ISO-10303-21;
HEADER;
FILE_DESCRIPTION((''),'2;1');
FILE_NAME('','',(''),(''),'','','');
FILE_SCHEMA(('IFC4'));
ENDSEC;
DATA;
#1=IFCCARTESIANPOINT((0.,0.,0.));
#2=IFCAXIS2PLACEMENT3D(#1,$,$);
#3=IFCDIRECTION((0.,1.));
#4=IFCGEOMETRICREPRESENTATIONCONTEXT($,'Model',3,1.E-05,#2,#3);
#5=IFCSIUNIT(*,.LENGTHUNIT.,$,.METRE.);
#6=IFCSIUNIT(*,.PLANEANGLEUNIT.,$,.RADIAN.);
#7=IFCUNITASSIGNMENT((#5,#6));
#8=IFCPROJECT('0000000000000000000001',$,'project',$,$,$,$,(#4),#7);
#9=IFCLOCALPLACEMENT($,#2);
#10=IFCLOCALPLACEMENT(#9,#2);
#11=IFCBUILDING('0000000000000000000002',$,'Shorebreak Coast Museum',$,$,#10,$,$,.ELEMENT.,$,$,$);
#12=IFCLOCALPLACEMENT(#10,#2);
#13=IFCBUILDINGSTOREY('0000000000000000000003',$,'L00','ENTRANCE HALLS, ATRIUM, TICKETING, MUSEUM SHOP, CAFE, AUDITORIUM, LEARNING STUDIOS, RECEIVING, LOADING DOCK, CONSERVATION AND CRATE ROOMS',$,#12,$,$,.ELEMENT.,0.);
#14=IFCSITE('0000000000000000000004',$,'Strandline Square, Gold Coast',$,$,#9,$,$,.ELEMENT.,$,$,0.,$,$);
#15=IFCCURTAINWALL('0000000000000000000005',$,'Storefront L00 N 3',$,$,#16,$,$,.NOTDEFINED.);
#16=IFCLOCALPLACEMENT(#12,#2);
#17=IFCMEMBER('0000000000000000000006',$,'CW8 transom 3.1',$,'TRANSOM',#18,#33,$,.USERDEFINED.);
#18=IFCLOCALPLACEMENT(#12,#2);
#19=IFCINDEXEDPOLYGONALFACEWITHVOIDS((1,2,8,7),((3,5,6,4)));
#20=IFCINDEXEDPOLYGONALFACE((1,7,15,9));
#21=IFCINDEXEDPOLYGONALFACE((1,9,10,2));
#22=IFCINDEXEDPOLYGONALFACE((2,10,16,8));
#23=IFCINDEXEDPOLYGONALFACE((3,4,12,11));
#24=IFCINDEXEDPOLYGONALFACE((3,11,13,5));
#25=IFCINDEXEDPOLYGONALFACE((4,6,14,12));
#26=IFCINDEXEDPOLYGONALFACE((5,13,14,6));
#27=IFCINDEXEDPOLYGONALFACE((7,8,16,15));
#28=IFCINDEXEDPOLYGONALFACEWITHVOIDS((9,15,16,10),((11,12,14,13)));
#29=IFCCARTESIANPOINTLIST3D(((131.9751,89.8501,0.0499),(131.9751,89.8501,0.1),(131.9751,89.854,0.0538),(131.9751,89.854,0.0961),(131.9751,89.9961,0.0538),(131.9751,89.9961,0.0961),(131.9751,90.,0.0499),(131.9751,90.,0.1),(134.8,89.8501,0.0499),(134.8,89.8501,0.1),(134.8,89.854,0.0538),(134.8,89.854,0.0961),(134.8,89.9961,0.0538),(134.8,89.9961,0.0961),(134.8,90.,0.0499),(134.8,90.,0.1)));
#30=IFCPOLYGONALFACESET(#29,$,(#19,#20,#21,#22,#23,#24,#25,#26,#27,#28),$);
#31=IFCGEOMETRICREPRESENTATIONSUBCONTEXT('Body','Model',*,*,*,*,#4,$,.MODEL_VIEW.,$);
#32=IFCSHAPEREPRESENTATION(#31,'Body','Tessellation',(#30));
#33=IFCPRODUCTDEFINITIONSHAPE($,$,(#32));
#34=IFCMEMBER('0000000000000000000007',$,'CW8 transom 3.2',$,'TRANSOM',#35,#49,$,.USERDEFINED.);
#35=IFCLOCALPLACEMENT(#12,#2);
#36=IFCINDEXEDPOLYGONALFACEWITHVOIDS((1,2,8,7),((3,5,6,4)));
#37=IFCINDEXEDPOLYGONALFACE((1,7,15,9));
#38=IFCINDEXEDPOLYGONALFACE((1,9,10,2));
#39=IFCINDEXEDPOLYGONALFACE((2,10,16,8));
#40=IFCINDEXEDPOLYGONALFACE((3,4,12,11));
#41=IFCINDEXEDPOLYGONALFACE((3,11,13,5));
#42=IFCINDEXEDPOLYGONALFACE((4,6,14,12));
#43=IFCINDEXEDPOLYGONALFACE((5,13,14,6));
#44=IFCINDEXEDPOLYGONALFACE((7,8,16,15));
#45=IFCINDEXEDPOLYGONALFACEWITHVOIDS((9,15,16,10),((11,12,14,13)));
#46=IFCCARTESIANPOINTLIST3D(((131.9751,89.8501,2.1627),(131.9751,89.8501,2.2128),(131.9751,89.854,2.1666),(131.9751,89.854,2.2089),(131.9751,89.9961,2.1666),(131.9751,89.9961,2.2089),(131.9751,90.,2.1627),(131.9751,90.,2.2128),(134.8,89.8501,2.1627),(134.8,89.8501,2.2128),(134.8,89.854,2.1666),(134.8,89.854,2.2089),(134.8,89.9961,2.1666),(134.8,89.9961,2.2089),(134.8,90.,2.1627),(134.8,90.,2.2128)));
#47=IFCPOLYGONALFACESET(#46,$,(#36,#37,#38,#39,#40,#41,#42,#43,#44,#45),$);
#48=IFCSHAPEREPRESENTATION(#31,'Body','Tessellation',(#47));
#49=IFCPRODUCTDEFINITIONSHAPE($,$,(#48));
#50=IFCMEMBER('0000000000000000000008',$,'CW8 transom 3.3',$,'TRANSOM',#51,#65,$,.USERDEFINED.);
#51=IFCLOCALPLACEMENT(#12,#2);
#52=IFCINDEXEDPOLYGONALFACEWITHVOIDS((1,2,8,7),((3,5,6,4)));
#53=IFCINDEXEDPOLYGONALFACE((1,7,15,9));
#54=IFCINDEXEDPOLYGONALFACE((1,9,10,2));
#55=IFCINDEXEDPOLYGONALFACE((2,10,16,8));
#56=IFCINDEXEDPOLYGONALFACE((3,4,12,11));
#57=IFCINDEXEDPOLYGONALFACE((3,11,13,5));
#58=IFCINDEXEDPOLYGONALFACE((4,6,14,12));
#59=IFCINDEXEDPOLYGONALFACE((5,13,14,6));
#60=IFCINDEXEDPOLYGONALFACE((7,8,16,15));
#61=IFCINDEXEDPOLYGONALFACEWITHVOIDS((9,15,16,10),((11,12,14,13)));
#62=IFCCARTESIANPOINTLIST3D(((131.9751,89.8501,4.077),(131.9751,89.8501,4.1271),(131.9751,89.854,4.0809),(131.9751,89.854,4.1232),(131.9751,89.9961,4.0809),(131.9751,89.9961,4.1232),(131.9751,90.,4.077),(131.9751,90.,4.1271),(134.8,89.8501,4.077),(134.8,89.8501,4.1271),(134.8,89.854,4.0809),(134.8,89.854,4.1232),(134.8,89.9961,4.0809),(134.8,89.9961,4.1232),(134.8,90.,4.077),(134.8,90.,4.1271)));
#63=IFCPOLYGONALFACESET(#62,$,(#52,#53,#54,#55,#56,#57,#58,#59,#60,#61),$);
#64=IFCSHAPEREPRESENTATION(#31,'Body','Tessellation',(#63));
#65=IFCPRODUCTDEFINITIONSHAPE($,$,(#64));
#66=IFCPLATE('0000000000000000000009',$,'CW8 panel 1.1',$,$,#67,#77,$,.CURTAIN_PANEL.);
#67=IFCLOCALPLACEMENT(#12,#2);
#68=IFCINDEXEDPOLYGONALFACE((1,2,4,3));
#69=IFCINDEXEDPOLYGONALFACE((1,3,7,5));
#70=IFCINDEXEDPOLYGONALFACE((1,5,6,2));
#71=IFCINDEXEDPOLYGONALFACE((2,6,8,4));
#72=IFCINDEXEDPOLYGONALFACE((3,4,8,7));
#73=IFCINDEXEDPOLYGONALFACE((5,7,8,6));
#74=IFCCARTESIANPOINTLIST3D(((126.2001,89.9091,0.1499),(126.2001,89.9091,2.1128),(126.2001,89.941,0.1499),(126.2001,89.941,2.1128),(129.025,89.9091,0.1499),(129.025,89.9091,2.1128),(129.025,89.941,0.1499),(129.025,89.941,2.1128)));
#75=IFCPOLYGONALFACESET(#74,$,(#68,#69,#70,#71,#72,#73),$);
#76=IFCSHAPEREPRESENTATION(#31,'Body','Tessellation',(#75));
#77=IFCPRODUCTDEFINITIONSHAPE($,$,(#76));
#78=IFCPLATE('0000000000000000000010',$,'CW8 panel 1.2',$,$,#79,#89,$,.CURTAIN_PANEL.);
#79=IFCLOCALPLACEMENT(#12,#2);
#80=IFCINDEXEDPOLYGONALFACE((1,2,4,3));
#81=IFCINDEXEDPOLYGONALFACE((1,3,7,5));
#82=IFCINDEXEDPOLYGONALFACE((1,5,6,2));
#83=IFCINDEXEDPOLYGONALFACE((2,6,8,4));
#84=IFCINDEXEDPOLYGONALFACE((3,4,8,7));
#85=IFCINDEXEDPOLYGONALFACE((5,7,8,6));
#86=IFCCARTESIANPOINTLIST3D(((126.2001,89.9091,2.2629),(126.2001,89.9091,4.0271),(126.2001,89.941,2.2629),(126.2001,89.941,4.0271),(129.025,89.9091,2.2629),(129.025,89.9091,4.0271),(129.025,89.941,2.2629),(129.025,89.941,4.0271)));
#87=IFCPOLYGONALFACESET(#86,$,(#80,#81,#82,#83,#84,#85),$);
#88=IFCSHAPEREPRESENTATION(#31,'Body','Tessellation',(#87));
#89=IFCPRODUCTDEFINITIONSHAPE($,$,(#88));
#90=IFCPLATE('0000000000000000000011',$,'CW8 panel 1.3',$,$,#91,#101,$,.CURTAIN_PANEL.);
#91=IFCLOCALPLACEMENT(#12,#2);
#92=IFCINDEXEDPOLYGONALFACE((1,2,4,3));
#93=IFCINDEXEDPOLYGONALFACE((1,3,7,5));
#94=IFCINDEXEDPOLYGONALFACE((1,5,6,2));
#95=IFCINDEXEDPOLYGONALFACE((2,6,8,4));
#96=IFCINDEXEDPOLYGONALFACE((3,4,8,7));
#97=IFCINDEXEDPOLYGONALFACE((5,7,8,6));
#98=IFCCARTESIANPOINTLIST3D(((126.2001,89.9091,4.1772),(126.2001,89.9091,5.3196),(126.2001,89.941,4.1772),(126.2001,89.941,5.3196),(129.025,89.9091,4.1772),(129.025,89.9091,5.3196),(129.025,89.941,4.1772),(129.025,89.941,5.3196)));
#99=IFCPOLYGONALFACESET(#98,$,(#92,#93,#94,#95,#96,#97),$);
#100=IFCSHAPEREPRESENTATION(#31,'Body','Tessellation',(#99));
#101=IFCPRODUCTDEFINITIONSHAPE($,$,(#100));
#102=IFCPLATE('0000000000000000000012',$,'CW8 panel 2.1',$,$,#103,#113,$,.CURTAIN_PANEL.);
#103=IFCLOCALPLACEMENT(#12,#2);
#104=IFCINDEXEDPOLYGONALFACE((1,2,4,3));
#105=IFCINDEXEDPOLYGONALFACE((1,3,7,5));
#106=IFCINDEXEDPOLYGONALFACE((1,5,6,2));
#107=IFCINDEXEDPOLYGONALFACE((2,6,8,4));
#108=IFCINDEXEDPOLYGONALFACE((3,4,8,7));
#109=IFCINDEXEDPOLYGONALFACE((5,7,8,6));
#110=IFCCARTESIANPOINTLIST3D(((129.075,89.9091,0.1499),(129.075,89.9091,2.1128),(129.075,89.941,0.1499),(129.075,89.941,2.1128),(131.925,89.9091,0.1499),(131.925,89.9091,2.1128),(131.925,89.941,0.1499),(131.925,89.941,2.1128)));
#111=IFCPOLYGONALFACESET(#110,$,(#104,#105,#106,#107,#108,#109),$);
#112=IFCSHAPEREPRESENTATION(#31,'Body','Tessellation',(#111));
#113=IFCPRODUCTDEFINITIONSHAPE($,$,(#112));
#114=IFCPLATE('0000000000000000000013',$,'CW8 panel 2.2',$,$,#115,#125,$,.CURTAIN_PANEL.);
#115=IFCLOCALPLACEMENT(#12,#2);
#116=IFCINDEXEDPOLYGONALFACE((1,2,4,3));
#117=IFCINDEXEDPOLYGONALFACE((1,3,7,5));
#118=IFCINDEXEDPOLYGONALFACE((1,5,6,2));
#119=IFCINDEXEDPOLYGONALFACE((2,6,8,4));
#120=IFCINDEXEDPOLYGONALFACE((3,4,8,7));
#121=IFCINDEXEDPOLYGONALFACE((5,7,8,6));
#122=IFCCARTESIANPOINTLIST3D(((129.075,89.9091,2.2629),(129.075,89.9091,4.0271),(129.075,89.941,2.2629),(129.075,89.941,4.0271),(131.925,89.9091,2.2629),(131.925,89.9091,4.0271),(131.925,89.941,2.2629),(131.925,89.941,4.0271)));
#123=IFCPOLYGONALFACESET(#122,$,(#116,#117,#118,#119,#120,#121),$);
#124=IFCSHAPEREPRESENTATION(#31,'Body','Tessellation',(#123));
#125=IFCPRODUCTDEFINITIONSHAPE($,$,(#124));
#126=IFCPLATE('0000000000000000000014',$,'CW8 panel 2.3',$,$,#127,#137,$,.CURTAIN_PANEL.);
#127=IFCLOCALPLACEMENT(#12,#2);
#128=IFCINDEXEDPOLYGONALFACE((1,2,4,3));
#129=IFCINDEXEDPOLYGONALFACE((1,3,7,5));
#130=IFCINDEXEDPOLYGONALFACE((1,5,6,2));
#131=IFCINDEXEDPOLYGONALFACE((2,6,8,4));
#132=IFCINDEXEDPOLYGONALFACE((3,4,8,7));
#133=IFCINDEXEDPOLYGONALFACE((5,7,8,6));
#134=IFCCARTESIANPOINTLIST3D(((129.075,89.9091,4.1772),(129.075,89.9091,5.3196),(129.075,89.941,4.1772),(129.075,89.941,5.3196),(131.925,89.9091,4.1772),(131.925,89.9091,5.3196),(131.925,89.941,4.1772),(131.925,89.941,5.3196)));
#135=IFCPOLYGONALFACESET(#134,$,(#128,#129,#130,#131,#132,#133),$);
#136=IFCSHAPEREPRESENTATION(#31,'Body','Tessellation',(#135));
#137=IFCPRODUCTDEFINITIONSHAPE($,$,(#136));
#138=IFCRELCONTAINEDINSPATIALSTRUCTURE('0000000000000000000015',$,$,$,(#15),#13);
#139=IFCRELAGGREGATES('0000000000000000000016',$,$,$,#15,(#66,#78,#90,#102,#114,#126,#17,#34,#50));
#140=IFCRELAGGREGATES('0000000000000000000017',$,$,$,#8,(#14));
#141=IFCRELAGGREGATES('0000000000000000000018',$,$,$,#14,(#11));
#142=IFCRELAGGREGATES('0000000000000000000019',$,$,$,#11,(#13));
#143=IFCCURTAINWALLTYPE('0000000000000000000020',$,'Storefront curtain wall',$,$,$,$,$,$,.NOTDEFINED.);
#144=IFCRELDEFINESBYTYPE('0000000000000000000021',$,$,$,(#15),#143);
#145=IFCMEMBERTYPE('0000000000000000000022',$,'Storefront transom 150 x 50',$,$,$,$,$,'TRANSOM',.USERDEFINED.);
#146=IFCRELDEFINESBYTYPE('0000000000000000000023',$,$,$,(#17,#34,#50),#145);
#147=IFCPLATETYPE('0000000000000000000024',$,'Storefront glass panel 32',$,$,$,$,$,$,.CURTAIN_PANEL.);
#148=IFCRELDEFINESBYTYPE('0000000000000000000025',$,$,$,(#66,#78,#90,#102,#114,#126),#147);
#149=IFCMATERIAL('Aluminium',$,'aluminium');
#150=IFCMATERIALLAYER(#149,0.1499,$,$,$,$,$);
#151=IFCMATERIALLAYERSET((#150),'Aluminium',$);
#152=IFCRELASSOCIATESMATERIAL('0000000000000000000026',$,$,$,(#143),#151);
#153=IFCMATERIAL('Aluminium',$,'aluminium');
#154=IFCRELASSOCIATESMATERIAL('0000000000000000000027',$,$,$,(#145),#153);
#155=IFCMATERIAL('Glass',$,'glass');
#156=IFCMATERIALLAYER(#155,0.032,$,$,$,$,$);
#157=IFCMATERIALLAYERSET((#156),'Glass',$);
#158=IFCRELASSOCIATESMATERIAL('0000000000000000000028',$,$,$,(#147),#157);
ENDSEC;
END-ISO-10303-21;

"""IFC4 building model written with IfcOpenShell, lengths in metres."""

from ifc_helpers import new_model, si_unit, direction, frame, origin, origin_2d, place, context, subcontext, project, spatial, rectangle, hollow_rectangle, extrude, material, layer, layer_set, material_profile, profile_set, type_object, element, aggregate, save


model = new_model("IFC4")

# Units and contexts
model_context = context("Model", 3, precision=1e-05, world=origin(), true_north=direction((0.0, 1.0)))
body_context = subcontext(model_context, "Body", "Model", "MODEL_VIEW")
ifc_project = project(units=[si_unit("LENGTHUNIT", "METRE"), si_unit("PLANEANGLEUNIT", "RADIAN")], contexts=[model_context])

# Site, building, storey
site_placement = place(None, origin())
site = spatial("IfcSite", under=ifc_project, at=site_placement, Name="Strandline Square, Gold Coast", CompositionType="ELEMENT", RefElevation=0.0)
building_placement = place(site_placement, origin())
building = spatial("IfcBuilding", under=site, at=building_placement, Name="Shorebreak Coast Museum", CompositionType="ELEMENT")
storey_placement = place(building_placement, origin())
storey = spatial("IfcBuildingStorey", under=building, at=storey_placement, Name="L00", Description="ENTRANCE HALLS, ATRIUM, TICKETING, MUSEUM SHOP, CAFE, AUDITORIUM, LEARNING STUDIOS, RECEIVING, LOADING DOCK, CONSERVATION AND CRATE ROOMS", CompositionType="ELEMENT", Elevation=0.0)

# Curtain wall, members, plates
ifc_material_1 = material(Name="Aluminium", Category="aluminium")
ifc_layer_1 = layer(ifc_material_1, 0.1499)
ifc_layer_set_1 = layer_set([ifc_layer_1], Name="Aluminium")
curtain_wall_type = type_object("IfcCurtainWallType", Name="Storefront curtain wall", PredefinedType="NOTDEFINED", material=ifc_layer_set_1)
curtain_wall_placement = place(storey_placement, origin())
curtain_wall = element("IfcCurtainWall", 1, at=curtain_wall_placement, inside=storey, type_object=curtain_wall_type, Name="Storefront L00 N 3", PredefinedType="NOTDEFINED")
ifc_material_2 = material(Name="Aluminium", Category="aluminium")
ifc_material_profile_1 = material_profile(ifc_material_2, hollow_rectangle(XDim=0.1499, YDim=0.05, WallThickness=0.0039, at=origin_2d()), Name="AL 50x150 RHS")
ifc_profile_set_1 = profile_set([ifc_material_profile_1], Name="Aluminium")
member_type_1 = type_object("IfcMemberType", Name="Storefront transom 150 x 50", ElementType="TRANSOM", PredefinedType="USERDEFINED", material=ifc_profile_set_1)
member_1_placement = place(storey_placement, frame((131.9751, 89.925, 0.075), z_axis=(1.0, 0.0, 0.0), x_axis=(0.0, 1.0, 0.0)))
member_1 = element("IfcMember", 2, at=member_1_placement, type_object=member_type_1, Name="CW8 transom 3.1", ObjectType="TRANSOM", PredefinedType="USERDEFINED", context=body_context, shape_type="SweptSolid", body=[
    extrude(hollow_rectangle(XDim=0.1499, YDim=0.05, WallThickness=0.0039, at=origin_2d()), origin(), (0.0, 0.0, 1.0), 2.825),
])
member_2_placement = place(storey_placement, frame((131.9751, 89.925, 2.1877), z_axis=(1.0, 0.0, 0.0), x_axis=(0.0, 1.0, 0.0)))
member_2 = element("IfcMember", 3, at=member_2_placement, type_object=member_type_1, Name="CW8 transom 3.2", ObjectType="TRANSOM", PredefinedType="USERDEFINED", context=body_context, shape_type="SweptSolid", body=[
    extrude(hollow_rectangle(XDim=0.1499, YDim=0.05, WallThickness=0.0039, at=origin_2d()), origin(), (0.0, 0.0, 1.0), 2.825),
])
member_3_placement = place(storey_placement, frame((131.9751, 89.925, 4.1021), z_axis=(1.0, 0.0, 0.0), x_axis=(0.0, 1.0, 0.0)))
member_3 = element("IfcMember", 4, at=member_3_placement, type_object=member_type_1, Name="CW8 transom 3.3", ObjectType="TRANSOM", PredefinedType="USERDEFINED", context=body_context, shape_type="SweptSolid", body=[
    extrude(hollow_rectangle(XDim=0.1499, YDim=0.05, WallThickness=0.0039, at=origin_2d()), origin(), (0.0, 0.0, 1.0), 2.825),
])
ifc_material_3 = material(Name="Glass", Category="glass")
ifc_layer_2 = layer(ifc_material_3, 0.032)
ifc_layer_set_2 = layer_set([ifc_layer_2], Name="Glass")
plate_type = type_object("IfcPlateType", Name="Storefront glass panel 32", PredefinedType="CURTAIN_PANEL", material=ifc_layer_set_2)
plate_1_placement = place(storey_placement, frame((127.6125, 89.925, 0.1499), z_axis=(0.0, 0.0, 1.0), x_axis=(1.0, 0.0, 0.0)))
plate_1 = element("IfcPlate", 5, at=plate_1_placement, type_object=plate_type, Name="CW8 panel 1.1", PredefinedType="CURTAIN_PANEL", context=body_context, shape_type="SweptSolid", body=[
    extrude(rectangle(XDim=2.825, YDim=0.032, at=origin_2d()), origin(), (0.0, 0.0, 1.0), 1.9629),
])
plate_2_placement = place(storey_placement, frame((127.6125, 89.925, 2.2629), z_axis=(0.0, 0.0, 1.0), x_axis=(1.0, 0.0, 0.0)))
plate_2 = element("IfcPlate", 6, at=plate_2_placement, type_object=plate_type, Name="CW8 panel 1.2", PredefinedType="CURTAIN_PANEL", context=body_context, shape_type="SweptSolid", body=[
    extrude(rectangle(XDim=2.825, YDim=0.032, at=origin_2d()), origin(), (0.0, 0.0, 1.0), 1.7642),
])
plate_3_placement = place(storey_placement, frame((127.6125, 89.925, 4.1772), z_axis=(0.0, 0.0, 1.0), x_axis=(1.0, 0.0, 0.0)))
plate_3 = element("IfcPlate", 7, at=plate_3_placement, type_object=plate_type, Name="CW8 panel 1.3", PredefinedType="CURTAIN_PANEL", context=body_context, shape_type="SweptSolid", body=[
    extrude(rectangle(XDim=2.825, YDim=0.032, at=origin_2d()), origin(), (0.0, 0.0, 1.0), 1.1423),
])
plate_4_placement = place(storey_placement, frame((130.5, 89.925, 0.1499), z_axis=(0.0, 0.0, 1.0), x_axis=(1.0, 0.0, 0.0)))
plate_4 = element("IfcPlate", 8, at=plate_4_placement, type_object=plate_type, Name="CW8 panel 2.1", PredefinedType="CURTAIN_PANEL", context=body_context, shape_type="SweptSolid", body=[
    extrude(rectangle(XDim=2.8501, YDim=0.032, at=origin_2d()), origin(), (0.0, 0.0, 1.0), 1.9629),
])
plate_5_placement = place(storey_placement, frame((130.5, 89.925, 2.2629), z_axis=(0.0, 0.0, 1.0), x_axis=(1.0, 0.0, 0.0)))
plate_5 = element("IfcPlate", 9, at=plate_5_placement, type_object=plate_type, Name="CW8 panel 2.2", PredefinedType="CURTAIN_PANEL", context=body_context, shape_type="SweptSolid", body=[
    extrude(rectangle(XDim=2.8501, YDim=0.032, at=origin_2d()), origin(), (0.0, 0.0, 1.0), 1.7642),
])
plate_6_placement = place(storey_placement, frame((130.5, 89.925, 4.1772), z_axis=(0.0, 0.0, 1.0), x_axis=(1.0, 0.0, 0.0)))
plate_6 = element("IfcPlate", 10, at=plate_6_placement, type_object=plate_type, Name="CW8 panel 2.3", PredefinedType="CURTAIN_PANEL", context=body_context, shape_type="SweptSolid", body=[
    extrude(rectangle(XDim=2.8501, YDim=0.032, at=origin_2d()), origin(), (0.0, 0.0, 1.0), 1.1423),
])
aggregate(curtain_wall, [plate_1, plate_2, plate_3, plate_4, plate_5, plate_6, member_1, member_2, member_3])

save(model, "model.ifc")
